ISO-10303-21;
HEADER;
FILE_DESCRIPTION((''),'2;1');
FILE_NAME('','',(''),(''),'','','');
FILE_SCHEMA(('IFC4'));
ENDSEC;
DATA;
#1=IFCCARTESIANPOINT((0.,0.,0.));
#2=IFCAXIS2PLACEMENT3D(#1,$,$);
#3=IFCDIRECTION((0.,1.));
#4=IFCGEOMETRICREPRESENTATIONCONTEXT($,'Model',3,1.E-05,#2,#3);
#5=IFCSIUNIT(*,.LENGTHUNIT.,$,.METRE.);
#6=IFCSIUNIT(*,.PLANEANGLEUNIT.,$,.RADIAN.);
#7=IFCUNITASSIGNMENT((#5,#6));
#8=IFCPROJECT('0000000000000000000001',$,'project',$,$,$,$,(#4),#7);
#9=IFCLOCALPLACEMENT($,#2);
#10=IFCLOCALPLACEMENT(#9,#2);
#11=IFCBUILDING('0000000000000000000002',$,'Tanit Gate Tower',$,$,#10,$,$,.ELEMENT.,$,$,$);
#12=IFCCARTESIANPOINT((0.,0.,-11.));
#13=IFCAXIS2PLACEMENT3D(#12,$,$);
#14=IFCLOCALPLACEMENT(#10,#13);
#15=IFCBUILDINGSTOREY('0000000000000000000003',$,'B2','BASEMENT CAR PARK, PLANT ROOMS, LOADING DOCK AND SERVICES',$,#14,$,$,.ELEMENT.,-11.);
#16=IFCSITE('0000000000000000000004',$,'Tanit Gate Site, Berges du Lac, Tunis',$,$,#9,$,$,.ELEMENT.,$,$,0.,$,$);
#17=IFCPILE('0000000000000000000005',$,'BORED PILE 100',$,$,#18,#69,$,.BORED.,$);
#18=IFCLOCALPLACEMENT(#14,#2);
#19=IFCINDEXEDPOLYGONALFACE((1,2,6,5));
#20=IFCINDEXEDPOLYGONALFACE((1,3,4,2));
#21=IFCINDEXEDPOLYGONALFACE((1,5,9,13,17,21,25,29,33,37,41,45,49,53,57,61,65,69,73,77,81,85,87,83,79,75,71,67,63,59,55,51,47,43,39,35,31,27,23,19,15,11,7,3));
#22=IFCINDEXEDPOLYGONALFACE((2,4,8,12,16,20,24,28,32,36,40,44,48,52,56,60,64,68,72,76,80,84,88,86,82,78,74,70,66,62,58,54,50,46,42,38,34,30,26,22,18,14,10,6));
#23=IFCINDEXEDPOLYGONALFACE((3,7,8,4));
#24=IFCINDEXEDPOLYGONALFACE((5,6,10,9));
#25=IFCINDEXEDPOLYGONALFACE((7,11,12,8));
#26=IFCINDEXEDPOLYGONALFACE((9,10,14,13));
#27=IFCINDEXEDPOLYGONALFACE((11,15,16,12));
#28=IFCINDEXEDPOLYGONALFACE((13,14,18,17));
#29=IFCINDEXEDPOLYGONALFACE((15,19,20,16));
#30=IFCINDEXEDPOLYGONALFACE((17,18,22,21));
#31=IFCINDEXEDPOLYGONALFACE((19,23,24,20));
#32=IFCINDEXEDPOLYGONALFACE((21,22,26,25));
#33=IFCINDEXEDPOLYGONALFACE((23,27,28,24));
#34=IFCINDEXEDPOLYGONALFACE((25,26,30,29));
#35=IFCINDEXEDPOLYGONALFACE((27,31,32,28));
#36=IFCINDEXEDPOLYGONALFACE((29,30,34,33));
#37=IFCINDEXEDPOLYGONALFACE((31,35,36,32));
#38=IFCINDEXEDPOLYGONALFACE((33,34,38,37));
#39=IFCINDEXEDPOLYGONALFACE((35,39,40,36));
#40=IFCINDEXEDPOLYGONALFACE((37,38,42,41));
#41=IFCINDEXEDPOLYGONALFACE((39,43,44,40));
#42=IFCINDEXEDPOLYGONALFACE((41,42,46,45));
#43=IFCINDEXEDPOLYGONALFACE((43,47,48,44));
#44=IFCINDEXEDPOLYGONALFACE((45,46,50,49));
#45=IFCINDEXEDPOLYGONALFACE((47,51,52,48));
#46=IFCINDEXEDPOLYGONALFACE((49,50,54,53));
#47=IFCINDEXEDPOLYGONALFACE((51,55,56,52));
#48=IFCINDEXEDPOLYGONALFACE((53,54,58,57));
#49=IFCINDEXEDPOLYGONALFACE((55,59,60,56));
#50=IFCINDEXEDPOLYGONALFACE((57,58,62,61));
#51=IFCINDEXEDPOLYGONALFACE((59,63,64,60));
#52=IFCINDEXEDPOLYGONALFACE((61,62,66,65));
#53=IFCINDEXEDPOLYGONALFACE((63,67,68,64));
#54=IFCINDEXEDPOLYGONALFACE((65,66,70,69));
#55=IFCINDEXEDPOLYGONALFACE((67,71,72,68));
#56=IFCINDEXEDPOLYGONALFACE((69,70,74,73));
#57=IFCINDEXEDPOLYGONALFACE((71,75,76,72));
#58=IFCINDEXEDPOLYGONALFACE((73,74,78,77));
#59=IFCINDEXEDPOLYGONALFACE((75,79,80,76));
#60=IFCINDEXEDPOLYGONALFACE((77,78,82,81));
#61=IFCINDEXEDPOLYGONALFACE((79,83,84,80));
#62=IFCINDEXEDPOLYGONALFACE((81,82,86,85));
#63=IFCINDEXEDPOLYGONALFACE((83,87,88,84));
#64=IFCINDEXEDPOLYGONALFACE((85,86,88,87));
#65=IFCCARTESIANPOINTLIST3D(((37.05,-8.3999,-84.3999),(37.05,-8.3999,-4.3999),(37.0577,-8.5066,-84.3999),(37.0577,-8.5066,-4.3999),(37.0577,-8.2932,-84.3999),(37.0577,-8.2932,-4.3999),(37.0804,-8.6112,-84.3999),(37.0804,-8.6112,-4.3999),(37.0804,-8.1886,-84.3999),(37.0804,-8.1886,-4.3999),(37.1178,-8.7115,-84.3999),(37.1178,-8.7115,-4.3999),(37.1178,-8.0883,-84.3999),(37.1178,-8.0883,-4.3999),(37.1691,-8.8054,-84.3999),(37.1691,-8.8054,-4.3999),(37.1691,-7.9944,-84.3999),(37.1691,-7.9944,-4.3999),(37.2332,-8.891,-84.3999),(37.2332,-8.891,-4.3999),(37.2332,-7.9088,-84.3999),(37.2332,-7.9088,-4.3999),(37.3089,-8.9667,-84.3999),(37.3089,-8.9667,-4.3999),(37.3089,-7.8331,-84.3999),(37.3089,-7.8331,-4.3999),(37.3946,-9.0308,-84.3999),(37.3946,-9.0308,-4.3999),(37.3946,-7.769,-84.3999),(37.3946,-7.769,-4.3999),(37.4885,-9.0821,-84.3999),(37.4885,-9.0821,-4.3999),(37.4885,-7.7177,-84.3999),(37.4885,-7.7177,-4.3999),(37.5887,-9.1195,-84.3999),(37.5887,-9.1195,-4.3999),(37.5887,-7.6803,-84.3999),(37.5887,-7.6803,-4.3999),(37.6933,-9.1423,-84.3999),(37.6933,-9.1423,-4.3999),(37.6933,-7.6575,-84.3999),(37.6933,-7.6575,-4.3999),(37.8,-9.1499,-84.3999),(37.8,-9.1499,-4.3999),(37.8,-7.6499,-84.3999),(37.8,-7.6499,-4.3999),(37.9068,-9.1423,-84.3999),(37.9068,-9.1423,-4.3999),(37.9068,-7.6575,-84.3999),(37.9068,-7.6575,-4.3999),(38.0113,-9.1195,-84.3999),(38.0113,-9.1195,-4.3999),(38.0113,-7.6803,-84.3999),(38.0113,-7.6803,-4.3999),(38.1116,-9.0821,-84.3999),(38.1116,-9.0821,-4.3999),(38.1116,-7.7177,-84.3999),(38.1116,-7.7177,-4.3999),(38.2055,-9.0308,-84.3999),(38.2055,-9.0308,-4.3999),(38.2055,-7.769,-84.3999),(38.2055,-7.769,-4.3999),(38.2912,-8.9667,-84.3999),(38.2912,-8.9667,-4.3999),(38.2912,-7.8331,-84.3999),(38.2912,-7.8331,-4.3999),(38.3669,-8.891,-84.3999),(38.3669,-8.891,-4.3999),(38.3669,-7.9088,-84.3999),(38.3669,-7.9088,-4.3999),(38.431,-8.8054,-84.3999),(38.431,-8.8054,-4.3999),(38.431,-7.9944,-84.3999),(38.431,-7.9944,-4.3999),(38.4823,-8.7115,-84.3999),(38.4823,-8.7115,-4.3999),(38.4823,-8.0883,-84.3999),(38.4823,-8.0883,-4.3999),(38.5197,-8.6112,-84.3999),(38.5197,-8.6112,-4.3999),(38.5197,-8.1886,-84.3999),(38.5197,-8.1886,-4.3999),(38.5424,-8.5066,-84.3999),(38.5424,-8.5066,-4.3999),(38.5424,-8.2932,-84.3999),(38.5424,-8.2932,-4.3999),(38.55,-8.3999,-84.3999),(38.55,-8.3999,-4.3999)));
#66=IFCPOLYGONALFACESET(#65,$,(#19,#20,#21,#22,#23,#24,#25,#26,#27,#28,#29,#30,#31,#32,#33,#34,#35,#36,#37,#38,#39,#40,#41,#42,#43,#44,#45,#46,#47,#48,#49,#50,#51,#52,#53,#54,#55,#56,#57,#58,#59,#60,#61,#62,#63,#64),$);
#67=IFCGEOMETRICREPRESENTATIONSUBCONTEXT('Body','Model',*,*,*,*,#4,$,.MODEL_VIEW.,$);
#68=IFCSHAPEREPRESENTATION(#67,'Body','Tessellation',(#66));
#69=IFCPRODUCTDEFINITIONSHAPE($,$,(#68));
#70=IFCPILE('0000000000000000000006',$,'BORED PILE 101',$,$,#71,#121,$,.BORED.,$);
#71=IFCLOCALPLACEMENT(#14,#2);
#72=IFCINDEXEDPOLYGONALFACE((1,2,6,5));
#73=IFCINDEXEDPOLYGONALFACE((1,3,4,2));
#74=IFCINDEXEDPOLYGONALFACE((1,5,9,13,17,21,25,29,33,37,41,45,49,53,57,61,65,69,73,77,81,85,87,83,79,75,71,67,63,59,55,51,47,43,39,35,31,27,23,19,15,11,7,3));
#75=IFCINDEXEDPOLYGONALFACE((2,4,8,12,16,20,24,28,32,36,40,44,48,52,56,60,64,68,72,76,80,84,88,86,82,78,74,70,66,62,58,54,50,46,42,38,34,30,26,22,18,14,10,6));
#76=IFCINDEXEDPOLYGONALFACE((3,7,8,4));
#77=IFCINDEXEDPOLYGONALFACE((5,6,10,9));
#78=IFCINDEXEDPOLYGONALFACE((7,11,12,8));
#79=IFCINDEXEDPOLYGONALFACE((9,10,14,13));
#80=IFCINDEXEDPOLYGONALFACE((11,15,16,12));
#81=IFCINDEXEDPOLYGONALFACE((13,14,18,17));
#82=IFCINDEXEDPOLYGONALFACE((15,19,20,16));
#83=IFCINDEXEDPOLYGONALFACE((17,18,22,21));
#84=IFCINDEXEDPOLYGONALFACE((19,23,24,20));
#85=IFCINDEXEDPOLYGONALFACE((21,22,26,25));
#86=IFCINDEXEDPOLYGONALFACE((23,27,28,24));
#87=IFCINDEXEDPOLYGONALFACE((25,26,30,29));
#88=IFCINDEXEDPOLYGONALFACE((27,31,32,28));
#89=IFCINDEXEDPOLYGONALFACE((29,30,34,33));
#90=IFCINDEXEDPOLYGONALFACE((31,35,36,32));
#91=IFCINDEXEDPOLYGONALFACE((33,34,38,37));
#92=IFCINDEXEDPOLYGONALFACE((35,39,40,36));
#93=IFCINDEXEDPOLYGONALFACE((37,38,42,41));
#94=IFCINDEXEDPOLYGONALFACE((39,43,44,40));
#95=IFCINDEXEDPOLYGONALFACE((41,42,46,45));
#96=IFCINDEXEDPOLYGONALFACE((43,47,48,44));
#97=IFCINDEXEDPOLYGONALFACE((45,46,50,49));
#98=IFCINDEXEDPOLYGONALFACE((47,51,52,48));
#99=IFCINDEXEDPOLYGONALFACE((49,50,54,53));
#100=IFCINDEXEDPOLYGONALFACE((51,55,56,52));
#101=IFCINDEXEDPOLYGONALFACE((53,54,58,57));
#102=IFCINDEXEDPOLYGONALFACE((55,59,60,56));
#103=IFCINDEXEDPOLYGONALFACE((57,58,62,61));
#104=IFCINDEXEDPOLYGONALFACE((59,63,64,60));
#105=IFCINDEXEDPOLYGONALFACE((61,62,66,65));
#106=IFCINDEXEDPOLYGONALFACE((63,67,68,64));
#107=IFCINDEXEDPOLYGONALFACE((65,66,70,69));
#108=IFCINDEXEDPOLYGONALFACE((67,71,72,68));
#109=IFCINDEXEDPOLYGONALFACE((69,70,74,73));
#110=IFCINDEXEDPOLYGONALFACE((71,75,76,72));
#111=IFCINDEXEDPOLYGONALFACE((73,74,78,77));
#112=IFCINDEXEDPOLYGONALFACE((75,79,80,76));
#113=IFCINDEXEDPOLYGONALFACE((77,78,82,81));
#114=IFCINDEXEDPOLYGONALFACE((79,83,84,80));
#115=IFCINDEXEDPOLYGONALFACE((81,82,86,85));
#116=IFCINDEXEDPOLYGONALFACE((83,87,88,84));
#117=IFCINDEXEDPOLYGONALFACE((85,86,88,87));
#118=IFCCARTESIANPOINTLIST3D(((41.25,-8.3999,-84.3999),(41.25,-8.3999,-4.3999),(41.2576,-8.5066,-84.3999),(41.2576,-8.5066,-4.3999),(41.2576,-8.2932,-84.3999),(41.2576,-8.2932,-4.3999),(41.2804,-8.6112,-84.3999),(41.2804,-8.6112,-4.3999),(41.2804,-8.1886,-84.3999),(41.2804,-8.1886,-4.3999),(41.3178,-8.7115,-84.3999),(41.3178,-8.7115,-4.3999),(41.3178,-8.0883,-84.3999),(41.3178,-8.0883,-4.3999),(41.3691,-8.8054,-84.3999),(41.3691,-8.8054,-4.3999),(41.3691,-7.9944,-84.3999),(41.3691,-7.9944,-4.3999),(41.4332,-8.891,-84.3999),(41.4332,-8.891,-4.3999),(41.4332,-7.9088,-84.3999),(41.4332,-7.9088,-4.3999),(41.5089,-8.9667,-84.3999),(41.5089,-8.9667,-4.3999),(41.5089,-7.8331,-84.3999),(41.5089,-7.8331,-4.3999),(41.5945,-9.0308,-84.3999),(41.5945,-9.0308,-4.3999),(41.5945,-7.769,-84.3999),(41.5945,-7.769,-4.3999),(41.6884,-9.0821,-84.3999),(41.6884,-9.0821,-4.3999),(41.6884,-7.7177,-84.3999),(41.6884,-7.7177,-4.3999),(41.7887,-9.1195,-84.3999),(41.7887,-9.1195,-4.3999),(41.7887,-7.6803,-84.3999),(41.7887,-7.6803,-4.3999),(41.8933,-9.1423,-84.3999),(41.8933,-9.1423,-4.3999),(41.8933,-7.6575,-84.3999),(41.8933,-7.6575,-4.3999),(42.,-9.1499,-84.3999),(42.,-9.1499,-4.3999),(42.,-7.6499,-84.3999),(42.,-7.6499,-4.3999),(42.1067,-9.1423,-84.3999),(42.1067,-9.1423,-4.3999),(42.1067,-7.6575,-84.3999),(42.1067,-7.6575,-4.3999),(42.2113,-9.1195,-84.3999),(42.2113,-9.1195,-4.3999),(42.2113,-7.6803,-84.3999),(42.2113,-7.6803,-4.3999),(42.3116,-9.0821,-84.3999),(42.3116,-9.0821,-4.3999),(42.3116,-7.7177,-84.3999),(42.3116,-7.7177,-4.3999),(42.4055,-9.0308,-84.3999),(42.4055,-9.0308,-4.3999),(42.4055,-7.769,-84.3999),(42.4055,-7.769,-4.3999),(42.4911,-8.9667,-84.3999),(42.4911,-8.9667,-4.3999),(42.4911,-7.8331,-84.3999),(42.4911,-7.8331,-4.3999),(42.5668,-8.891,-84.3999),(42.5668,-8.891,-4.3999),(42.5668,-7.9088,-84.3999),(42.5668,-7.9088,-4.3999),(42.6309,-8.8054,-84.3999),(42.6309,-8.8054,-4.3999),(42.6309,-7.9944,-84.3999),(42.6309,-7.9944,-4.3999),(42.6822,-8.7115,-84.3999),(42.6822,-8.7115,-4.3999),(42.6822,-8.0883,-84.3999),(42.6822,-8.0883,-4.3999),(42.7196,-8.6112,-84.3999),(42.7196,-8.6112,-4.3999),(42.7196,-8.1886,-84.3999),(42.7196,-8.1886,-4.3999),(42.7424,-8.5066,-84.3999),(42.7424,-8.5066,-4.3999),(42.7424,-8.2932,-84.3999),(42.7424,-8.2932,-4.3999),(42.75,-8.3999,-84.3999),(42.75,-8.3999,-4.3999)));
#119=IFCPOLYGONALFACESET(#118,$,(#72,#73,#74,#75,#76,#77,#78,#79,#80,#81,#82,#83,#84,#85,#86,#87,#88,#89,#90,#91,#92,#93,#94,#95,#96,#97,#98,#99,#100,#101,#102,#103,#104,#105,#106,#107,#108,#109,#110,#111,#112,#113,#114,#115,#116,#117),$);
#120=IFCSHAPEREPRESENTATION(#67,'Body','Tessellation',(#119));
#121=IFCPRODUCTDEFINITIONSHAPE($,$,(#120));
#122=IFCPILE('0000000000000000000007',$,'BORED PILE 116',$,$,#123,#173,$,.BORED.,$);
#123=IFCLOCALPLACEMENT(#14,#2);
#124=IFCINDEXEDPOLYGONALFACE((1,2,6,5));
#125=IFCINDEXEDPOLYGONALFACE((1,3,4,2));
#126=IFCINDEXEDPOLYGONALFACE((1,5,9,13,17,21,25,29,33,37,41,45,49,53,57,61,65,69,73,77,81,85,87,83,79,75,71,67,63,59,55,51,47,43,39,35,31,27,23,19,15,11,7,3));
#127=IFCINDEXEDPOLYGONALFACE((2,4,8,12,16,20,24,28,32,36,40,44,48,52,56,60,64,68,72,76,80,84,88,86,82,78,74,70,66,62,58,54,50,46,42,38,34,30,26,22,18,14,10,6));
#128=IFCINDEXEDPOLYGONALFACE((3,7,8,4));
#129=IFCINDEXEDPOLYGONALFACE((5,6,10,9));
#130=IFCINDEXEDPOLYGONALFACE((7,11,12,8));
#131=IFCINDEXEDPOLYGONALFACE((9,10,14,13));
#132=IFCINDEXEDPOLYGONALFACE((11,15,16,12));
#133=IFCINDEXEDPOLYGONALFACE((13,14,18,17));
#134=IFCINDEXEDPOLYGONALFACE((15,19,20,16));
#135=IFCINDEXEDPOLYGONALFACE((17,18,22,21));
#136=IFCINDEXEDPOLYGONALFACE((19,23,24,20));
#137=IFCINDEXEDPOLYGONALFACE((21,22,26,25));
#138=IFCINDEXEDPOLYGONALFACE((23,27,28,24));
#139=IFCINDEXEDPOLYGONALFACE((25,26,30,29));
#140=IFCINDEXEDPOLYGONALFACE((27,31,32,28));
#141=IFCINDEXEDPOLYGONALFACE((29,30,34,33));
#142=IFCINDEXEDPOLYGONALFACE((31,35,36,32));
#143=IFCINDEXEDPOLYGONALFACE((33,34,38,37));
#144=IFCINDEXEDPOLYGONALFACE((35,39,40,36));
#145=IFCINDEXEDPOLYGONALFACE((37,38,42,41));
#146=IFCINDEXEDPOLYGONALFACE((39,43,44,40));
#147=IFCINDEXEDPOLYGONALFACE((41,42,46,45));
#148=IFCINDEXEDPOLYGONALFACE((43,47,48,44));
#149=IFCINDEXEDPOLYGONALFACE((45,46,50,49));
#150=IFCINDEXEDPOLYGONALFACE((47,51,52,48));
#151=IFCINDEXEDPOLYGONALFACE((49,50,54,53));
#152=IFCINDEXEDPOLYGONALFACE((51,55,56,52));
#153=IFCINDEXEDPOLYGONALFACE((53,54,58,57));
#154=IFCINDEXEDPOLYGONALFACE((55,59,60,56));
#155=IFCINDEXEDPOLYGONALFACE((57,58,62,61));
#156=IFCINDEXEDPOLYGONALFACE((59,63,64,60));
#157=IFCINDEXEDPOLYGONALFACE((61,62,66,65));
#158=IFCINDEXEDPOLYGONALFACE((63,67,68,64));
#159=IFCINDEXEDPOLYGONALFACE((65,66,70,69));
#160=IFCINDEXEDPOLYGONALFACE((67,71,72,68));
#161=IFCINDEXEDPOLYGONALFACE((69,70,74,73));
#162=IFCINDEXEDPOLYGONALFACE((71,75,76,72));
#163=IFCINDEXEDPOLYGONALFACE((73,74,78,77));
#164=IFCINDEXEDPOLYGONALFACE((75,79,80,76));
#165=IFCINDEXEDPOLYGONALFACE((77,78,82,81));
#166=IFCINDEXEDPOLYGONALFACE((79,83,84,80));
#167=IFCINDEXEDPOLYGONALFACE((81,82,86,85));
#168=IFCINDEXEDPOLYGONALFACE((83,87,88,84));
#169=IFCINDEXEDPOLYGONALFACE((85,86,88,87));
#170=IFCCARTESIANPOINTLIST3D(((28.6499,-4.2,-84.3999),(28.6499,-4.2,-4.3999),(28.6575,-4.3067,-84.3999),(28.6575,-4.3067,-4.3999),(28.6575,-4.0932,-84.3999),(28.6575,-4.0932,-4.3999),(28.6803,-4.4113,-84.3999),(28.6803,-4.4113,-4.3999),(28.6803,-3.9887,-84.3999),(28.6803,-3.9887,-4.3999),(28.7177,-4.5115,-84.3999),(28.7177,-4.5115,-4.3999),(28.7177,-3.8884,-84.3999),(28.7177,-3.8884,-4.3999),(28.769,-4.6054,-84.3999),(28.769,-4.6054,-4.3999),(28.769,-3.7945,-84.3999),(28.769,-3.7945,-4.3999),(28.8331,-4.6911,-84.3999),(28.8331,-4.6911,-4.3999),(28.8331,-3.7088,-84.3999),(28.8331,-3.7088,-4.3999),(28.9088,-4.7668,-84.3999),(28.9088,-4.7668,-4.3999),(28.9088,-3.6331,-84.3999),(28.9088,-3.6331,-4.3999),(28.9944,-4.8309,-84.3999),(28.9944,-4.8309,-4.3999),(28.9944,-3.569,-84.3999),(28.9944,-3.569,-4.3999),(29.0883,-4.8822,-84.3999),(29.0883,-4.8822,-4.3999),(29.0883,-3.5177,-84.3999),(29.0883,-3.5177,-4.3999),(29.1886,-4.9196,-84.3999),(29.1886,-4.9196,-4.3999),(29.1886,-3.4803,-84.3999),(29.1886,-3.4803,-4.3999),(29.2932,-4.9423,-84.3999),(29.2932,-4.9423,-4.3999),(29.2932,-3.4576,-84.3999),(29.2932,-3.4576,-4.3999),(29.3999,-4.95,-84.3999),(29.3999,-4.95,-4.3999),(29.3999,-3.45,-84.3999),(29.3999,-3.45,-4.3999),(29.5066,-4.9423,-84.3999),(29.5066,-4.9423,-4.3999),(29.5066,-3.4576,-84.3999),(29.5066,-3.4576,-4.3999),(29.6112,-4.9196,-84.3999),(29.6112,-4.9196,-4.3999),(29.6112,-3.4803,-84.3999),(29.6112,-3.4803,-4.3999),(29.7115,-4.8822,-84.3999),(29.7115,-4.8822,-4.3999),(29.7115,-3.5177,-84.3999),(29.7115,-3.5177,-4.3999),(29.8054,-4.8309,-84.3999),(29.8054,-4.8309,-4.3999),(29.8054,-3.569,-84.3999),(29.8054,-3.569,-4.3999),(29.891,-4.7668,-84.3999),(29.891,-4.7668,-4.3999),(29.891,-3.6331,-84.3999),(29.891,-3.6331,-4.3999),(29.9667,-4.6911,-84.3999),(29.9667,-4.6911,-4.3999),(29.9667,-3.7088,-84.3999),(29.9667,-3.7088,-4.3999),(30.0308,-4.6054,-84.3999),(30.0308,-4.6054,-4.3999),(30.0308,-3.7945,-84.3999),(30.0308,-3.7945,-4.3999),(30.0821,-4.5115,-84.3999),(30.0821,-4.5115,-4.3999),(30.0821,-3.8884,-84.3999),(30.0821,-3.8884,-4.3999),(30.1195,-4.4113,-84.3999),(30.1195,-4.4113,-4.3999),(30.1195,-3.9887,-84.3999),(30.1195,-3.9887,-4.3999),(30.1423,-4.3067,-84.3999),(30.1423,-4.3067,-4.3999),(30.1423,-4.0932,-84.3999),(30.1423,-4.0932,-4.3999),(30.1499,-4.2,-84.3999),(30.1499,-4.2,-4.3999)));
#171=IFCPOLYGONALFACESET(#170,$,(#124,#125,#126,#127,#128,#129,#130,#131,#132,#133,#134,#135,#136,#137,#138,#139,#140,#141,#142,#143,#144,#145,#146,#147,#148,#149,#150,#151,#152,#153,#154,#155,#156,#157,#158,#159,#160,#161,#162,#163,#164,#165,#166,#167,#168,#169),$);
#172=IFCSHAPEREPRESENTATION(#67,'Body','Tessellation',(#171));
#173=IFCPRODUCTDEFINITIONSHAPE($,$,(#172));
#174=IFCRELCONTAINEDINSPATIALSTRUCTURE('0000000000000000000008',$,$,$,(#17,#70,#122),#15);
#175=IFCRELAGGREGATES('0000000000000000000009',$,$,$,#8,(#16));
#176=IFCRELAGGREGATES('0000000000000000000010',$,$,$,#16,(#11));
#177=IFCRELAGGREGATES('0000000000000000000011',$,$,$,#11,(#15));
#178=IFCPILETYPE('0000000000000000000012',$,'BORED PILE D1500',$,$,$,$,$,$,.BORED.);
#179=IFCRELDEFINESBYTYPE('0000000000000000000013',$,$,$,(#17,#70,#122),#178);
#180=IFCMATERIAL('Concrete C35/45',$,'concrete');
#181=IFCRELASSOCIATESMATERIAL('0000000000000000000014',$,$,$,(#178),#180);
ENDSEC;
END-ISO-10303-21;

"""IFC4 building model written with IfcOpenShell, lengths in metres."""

from ifc_helpers import new_model, si_unit, direction, frame, origin, origin_2d, place, context, subcontext, project, spatial, circle, extrude, material, material_profile, profile_set, type_object, element, save


model = new_model("IFC4")

# Units and contexts
model_context = context("Model", 3, precision=1e-05, world=origin(), true_north=direction((0.0, 1.0)))
body_context = subcontext(model_context, "Body", "Model", "MODEL_VIEW")
ifc_project = project(units=[si_unit("LENGTHUNIT", "METRE"), si_unit("PLANEANGLEUNIT", "RADIAN")], contexts=[model_context])

# Site, building, storey
site_placement = place(None, origin())
site = spatial("IfcSite", under=ifc_project, at=site_placement, Name="Tanit Gate Site, Berges du Lac, Tunis", CompositionType="ELEMENT", RefElevation=0.0)
building_placement = place(site_placement, origin())
building = spatial("IfcBuilding", under=site, at=building_placement, Name="Tanit Gate Tower", CompositionType="ELEMENT")
storey_placement = place(building_placement, frame((0.0, 0.0, -11.0)))
storey = spatial("IfcBuildingStorey", under=building, at=storey_placement, Name="B2", Description="BASEMENT CAR PARK, PLANT ROOMS, LOADING DOCK AND SERVICES", CompositionType="ELEMENT", Elevation=-11.0)

# Piles
ifc_material_1 = material(Name="Concrete C35/45", Category="concrete")
ifc_material_profile_1 = material_profile(ifc_material_1, circle(Radius=0.75, at=origin_2d()), Name="BORED PILE D1500 C35/45")
ifc_profile_set_1 = profile_set([ifc_material_profile_1], Name="Concrete C35/45")
pile_type = type_object("IfcPileType", Name="BORED PILE D1500", PredefinedType="BORED", material=ifc_profile_set_1)
for number, where, z_axis, x_axis, name in (
    (1, (37.8, -8.3999, -4.3999), (0.0, 0.0, -1.0), (1.0, 0.0, 0.0), "BORED PILE 100"),
    (2, (42.0, -8.3999, -4.3999), (0.0, 0.0, -1.0), (1.0, 0.0, 0.0), "BORED PILE 101"),
    (3, (29.3999, -4.2, -4.3999), (0.0, 0.0, -1.0), (1.0, 0.0, 0.0), "BORED PILE 116"),
):
    element("IfcPile", number, at=place(storey_placement, frame(where, z_axis=z_axis, x_axis=x_axis)), inside=storey, type_object=pile_type, Name=name, PredefinedType="BORED", context=body_context, shape_type="SweptSolid", body=[
        extrude(circle(Radius=0.75, at=origin_2d()), origin(), (0.0, 0.0, 1.0), 80.0),
    ])

save(model, "model.ifc")
